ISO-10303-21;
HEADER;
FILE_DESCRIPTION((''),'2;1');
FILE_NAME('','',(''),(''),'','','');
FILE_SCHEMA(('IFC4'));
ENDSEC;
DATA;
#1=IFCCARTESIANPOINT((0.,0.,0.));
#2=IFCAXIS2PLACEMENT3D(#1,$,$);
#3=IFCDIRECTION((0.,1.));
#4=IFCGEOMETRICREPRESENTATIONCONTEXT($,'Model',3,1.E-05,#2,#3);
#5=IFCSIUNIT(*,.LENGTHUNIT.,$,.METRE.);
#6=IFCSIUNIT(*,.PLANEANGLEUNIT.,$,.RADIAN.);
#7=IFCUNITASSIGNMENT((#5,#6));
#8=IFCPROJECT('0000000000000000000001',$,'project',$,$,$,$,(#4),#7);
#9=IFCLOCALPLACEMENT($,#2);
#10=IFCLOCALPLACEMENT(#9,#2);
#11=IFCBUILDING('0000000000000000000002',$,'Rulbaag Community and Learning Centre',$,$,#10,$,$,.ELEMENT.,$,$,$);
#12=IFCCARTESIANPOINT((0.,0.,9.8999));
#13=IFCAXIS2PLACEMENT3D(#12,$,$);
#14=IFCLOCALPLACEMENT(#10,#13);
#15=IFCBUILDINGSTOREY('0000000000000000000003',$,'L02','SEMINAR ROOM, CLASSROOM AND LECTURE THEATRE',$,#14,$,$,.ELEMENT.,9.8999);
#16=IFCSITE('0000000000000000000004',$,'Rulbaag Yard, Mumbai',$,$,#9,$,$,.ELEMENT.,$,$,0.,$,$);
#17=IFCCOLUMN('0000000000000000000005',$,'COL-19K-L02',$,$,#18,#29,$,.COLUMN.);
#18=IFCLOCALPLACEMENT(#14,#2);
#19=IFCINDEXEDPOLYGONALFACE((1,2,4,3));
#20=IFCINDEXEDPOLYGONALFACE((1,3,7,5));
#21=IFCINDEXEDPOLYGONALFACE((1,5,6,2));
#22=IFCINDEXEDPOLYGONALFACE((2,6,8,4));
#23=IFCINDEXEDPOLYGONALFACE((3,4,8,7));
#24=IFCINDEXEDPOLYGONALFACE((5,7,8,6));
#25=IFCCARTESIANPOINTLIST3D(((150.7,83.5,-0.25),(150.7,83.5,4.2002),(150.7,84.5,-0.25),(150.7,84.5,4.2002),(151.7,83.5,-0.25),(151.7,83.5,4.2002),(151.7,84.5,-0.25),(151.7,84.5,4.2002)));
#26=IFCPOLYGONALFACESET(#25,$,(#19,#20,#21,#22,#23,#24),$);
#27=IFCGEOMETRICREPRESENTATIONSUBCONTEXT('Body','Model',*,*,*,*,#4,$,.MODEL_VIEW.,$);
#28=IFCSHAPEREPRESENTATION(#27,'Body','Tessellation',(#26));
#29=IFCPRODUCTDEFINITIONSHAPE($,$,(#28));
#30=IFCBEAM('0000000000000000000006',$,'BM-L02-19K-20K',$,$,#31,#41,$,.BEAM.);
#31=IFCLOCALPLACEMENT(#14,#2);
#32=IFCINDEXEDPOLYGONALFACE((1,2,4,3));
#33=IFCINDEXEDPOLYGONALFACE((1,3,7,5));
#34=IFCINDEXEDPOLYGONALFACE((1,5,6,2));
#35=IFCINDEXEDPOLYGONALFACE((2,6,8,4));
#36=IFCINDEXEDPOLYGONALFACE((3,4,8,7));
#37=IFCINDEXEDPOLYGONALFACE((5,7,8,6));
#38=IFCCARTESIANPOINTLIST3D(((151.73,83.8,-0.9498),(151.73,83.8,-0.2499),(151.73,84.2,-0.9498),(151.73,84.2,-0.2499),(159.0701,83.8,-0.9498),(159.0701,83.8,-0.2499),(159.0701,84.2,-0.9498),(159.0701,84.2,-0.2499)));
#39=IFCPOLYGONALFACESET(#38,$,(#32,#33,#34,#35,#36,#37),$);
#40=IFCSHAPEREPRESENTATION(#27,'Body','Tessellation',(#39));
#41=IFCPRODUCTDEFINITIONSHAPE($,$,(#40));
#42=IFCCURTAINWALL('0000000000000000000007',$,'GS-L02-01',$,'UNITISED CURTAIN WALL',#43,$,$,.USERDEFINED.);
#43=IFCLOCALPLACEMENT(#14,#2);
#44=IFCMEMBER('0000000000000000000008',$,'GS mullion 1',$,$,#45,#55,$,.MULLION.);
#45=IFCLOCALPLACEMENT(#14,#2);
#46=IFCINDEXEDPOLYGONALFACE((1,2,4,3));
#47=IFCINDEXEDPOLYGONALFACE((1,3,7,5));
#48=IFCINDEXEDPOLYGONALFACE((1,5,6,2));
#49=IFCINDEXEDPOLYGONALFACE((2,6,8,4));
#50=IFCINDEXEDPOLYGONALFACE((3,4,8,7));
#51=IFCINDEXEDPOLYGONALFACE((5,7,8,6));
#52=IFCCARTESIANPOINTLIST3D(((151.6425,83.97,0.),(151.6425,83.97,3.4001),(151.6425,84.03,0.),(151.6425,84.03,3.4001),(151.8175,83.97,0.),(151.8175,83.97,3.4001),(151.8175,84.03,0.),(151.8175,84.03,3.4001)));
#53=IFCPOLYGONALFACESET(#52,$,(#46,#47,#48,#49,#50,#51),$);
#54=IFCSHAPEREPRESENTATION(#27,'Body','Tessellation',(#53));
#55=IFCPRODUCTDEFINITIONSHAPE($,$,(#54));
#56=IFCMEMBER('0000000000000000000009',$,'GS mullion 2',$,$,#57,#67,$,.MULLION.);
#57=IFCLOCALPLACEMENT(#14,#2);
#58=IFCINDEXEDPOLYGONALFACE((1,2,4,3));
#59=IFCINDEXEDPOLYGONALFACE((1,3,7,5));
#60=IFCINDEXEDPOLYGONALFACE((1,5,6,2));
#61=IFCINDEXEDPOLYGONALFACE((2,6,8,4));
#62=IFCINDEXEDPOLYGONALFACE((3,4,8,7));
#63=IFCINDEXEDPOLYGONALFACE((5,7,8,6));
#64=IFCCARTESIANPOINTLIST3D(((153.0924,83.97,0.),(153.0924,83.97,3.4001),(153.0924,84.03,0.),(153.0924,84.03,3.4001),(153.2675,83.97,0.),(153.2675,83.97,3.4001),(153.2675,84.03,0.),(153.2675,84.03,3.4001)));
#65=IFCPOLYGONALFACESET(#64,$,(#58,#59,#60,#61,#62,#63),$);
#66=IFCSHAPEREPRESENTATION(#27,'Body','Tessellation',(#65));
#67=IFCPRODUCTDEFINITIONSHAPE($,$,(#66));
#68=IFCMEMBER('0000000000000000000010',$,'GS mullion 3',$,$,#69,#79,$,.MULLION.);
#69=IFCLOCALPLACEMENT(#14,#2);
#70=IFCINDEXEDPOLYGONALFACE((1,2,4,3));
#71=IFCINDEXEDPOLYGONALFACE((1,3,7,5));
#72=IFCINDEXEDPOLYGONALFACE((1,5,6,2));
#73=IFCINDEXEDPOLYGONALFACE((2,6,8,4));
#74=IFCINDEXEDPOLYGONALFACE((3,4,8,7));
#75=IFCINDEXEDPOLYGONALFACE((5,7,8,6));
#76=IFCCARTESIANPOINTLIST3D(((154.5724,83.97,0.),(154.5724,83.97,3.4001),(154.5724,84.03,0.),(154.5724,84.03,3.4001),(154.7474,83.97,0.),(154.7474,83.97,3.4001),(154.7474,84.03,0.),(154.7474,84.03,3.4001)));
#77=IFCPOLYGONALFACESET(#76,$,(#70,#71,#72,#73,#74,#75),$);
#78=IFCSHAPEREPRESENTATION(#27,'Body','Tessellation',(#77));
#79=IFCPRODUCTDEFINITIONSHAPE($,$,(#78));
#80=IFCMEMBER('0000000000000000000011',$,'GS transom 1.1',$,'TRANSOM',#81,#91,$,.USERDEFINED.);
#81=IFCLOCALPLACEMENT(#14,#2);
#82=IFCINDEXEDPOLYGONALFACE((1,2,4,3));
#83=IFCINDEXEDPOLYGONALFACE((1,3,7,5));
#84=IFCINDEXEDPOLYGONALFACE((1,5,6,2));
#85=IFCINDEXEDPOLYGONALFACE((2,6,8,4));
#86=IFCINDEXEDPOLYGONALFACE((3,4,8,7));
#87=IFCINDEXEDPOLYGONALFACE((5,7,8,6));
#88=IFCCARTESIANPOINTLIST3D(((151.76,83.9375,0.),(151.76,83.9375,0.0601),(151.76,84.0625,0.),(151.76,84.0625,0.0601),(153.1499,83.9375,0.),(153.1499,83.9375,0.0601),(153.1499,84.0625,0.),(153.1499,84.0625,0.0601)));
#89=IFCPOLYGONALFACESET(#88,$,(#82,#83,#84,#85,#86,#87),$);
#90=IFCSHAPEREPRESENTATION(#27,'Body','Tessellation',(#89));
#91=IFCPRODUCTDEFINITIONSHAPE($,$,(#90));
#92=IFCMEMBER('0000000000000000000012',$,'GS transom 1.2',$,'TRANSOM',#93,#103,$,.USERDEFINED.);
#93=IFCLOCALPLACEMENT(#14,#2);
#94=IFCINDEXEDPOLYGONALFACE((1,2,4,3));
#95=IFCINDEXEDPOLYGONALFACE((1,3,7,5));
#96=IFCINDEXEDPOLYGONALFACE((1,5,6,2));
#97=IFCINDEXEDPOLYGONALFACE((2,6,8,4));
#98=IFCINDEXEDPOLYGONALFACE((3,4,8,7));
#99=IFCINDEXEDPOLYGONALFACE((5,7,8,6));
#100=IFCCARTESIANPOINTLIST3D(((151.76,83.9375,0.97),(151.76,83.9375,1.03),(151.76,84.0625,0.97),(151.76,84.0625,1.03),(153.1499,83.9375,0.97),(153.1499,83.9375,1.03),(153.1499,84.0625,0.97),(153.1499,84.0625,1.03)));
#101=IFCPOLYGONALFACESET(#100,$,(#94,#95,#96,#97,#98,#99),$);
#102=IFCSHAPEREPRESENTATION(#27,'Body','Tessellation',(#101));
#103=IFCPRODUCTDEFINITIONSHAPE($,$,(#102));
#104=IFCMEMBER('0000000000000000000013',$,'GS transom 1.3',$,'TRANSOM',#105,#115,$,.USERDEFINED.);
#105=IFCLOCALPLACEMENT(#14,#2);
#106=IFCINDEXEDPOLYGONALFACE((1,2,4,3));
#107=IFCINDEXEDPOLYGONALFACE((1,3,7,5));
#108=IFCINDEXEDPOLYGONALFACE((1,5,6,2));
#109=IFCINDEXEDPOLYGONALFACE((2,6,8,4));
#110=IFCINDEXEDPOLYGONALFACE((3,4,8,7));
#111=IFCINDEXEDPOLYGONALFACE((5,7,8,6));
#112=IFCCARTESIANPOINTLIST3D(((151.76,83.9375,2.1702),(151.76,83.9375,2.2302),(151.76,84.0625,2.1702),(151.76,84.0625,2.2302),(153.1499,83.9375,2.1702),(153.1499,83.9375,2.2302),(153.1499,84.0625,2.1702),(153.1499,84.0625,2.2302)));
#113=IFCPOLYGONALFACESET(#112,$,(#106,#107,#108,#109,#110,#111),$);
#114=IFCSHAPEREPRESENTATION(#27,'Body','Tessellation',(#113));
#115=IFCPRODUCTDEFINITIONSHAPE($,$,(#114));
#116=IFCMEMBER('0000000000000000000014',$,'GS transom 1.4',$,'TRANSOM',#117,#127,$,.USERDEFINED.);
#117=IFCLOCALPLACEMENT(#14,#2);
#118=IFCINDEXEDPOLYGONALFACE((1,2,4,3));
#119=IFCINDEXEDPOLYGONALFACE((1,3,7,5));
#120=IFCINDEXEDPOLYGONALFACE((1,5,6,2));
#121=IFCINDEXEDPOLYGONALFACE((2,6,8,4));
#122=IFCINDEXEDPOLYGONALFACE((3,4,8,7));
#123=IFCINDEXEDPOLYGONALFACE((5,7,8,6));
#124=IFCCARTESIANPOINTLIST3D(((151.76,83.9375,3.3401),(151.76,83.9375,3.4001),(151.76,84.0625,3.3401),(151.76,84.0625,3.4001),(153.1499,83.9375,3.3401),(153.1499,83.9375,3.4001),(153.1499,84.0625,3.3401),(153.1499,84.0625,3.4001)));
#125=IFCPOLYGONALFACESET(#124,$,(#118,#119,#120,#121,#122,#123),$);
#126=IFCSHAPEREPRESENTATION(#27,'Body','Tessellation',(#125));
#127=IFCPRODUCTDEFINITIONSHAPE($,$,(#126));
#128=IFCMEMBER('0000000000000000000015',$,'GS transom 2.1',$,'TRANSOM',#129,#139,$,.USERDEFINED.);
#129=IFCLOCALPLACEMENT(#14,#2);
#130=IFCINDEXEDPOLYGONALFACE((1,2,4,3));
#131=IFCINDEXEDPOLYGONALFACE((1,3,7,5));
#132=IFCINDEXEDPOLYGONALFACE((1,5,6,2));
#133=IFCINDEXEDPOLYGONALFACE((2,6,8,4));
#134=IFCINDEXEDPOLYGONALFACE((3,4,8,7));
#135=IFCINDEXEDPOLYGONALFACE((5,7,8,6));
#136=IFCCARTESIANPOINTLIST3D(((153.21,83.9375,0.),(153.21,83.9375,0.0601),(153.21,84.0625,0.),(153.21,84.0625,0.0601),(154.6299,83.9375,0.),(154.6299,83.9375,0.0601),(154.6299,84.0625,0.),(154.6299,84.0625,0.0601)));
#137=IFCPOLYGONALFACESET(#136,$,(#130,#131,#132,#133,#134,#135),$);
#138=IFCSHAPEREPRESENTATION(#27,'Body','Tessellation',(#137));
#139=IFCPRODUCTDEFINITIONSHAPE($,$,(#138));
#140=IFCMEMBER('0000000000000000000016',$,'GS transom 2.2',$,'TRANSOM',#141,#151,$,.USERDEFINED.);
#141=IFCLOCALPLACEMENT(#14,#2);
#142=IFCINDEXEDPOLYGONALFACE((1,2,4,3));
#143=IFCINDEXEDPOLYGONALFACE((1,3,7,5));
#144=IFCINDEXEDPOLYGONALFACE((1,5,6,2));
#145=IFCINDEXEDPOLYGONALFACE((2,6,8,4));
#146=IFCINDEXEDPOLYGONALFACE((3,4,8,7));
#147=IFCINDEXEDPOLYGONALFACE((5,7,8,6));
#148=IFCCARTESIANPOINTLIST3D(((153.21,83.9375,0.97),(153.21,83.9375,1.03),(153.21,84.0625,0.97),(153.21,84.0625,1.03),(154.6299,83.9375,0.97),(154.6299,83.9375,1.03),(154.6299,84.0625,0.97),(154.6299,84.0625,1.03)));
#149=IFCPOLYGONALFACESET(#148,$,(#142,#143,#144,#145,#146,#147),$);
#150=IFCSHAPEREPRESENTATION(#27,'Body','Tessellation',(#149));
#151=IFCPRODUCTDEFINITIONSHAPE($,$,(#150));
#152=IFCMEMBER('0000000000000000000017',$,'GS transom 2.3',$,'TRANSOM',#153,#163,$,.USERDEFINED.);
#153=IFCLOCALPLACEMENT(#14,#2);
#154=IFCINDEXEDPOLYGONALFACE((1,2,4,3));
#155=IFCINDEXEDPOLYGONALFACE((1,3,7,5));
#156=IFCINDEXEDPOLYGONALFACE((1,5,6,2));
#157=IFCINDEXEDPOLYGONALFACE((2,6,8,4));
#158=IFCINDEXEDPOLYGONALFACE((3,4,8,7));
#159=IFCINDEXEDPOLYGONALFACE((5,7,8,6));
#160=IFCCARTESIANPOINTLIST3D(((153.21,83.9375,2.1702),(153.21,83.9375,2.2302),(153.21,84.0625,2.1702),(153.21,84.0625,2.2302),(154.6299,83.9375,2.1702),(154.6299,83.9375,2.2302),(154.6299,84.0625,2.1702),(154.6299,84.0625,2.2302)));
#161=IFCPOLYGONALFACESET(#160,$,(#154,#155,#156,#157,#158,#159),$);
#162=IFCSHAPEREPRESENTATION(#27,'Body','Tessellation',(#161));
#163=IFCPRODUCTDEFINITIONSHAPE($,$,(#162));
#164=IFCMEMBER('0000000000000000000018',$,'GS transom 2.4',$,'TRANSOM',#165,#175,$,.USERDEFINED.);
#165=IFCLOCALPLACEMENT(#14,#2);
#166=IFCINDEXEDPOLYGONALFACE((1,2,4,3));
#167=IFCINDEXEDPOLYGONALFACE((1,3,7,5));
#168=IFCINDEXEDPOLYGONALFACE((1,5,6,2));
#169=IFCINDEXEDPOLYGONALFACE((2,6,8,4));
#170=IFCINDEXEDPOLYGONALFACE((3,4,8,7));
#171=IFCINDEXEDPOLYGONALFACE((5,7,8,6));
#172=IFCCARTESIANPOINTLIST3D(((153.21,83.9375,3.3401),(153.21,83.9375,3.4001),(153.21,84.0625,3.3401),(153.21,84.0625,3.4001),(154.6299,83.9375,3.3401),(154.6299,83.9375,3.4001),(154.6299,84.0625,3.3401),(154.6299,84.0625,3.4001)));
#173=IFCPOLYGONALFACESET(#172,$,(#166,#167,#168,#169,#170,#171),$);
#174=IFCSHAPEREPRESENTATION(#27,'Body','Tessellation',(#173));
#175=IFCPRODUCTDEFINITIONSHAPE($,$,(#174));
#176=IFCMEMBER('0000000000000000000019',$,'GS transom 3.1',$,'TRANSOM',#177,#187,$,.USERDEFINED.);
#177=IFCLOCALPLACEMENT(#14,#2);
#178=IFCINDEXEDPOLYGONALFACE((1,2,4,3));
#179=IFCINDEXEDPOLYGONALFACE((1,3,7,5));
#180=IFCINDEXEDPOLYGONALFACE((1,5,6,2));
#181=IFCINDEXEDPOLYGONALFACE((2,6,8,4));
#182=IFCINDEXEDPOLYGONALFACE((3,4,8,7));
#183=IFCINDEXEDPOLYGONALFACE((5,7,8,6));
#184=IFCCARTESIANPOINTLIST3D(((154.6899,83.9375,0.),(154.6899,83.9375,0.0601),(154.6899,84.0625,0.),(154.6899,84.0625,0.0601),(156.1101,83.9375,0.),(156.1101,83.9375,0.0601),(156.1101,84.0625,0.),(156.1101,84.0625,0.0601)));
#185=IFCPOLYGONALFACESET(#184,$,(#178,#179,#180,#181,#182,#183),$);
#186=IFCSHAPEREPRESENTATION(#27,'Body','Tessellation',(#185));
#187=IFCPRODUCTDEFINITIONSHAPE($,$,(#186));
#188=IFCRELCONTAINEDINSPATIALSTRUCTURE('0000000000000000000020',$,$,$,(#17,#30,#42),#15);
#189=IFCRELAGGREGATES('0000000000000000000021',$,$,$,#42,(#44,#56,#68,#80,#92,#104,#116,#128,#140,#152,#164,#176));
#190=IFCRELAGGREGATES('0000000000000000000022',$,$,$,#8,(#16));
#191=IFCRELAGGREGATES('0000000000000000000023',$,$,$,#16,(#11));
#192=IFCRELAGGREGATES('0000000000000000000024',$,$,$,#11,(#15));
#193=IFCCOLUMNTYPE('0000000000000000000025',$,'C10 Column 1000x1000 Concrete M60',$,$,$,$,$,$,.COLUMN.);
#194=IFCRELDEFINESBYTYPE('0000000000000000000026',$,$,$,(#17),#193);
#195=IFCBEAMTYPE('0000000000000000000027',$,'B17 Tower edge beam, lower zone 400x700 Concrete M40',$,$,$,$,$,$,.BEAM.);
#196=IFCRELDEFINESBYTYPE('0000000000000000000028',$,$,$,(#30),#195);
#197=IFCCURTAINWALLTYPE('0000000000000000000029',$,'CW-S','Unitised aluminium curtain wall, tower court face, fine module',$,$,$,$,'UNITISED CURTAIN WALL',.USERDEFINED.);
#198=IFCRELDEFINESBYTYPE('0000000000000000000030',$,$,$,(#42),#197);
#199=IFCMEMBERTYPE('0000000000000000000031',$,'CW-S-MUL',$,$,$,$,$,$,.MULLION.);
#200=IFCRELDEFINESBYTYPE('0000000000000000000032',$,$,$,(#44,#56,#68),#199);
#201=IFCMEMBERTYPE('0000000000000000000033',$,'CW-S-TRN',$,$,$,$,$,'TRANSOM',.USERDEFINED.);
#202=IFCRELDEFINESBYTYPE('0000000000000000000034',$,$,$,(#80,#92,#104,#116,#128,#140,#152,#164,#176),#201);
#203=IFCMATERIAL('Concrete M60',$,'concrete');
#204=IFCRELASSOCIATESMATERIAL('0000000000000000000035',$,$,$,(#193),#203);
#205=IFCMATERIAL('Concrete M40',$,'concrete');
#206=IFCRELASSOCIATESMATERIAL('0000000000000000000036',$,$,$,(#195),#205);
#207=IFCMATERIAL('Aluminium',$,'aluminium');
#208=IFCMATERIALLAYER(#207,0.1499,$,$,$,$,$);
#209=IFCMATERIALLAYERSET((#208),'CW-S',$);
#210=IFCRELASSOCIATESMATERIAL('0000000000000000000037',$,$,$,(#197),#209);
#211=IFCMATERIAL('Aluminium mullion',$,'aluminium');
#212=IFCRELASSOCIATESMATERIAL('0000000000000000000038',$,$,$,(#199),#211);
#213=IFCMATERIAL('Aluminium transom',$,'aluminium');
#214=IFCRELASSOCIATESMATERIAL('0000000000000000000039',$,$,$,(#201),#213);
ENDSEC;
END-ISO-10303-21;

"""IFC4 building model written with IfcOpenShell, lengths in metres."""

from ifc_helpers import new_model, si_unit, direction, frame, origin, origin_2d, place, context, subcontext, project, spatial, rectangle, extrude, material, layer, layer_set, material_profile, profile_set, type_object, element, aggregate, save


model = new_model("IFC4")

# Units and contexts
model_context = context("Model", 3, precision=1e-05, world=origin(), true_north=direction((0.0, 1.0)))
body_context = subcontext(model_context, "Body", "Model", "MODEL_VIEW")
ifc_project = project(units=[si_unit("LENGTHUNIT", "METRE"), si_unit("PLANEANGLEUNIT", "RADIAN")], contexts=[model_context])

# Site, building, storey
site_placement = place(None, origin())
site = spatial("IfcSite", under=ifc_project, at=site_placement, Name="Rulbaag Yard, Mumbai", CompositionType="ELEMENT", RefElevation=0.0)
building_placement = place(site_placement, origin())
building = spatial("IfcBuilding", under=site, at=building_placement, Name="Rulbaag Community and Learning Centre", CompositionType="ELEMENT")
storey_placement = place(building_placement, frame((0.0, 0.0, 9.8999)))
storey = spatial("IfcBuildingStorey", under=building, at=storey_placement, Name="L02", Description="SEMINAR ROOM, CLASSROOM AND LECTURE THEATRE", CompositionType="ELEMENT", Elevation=9.8999)

# Column
ifc_material_1 = material(Name="Concrete M60", Category="concrete")
ifc_material_profile_1 = material_profile(ifc_material_1, rectangle(XDim=1.0, YDim=1.0, at=origin_2d()), Name="RC1000x1000")
ifc_profile_set_1 = profile_set([ifc_material_profile_1], Name="Concrete M60")
column_type = type_object("IfcColumnType", Name="C10 Column 1000x1000 Concrete M60", PredefinedType="COLUMN", material=ifc_profile_set_1)
column_placement = place(storey_placement, frame((151.2, 84.0, -0.25), z_axis=(0.0, 0.0, 1.0), x_axis=(1.0, 0.0, 0.0)))
element("IfcColumn", 1, at=column_placement, inside=storey, type_object=column_type, Name="COL-19K-L02", PredefinedType="COLUMN", context=body_context, shape_type="SweptSolid", body=[
    extrude(rectangle(XDim=1.0, YDim=1.0, at=origin_2d()), origin(), (0.0, 0.0, 1.0), 4.4502),
])

# Beam
ifc_material_2 = material(Name="Concrete M40", Category="concrete")
ifc_material_profile_2 = material_profile(ifc_material_2, rectangle(XDim=0.3999, YDim=0.7, at=origin_2d()), Name="RB400x700")
ifc_profile_set_2 = profile_set([ifc_material_profile_2], Name="Concrete M40")
beam_type = type_object("IfcBeamType", Name="B17 Tower edge beam, lower zone 400x700 Concrete M40", PredefinedType="BEAM", material=ifc_profile_set_2)
beam_placement = place(storey_placement, frame((151.73, 84.0, -0.5999), z_axis=(1.0, 0.0, 0.0), x_axis=(0.0, 1.0, 0.0)))
element("IfcBeam", 2, at=beam_placement, inside=storey, type_object=beam_type, Name="BM-L02-19K-20K", PredefinedType="BEAM", context=body_context, shape_type="SweptSolid", body=[
    extrude(rectangle(XDim=0.3999, YDim=0.7, at=origin_2d()), origin(), (0.0, 0.0, 1.0), 7.3401),
])

# Curtain wall, members
ifc_material_3 = material(Name="Aluminium", Category="aluminium")
ifc_layer_1 = layer(ifc_material_3, 0.1499)
ifc_layer_set_1 = layer_set([ifc_layer_1], Name="CW-S")
curtain_wall_type = type_object("IfcCurtainWallType", Name="CW-S", Description="Unitised aluminium curtain wall, tower court face, fine module", ElementType="UNITISED CURTAIN WALL", PredefinedType="USERDEFINED", material=ifc_layer_set_1)
curtain_wall_placement = place(storey_placement, origin())
curtain_wall = element("IfcCurtainWall", 3, at=curtain_wall_placement, inside=storey, type_object=curtain_wall_type, Name="GS-L02-01", ObjectType="UNITISED CURTAIN WALL", PredefinedType="USERDEFINED")
ifc_material_4 = material(Name="Aluminium mullion", Category="aluminium")
ifc_material_profile_3 = material_profile(ifc_material_4, rectangle(XDim=0.0601, YDim=0.175, at=origin_2d()), Name="AL 60x175")
ifc_profile_set_3 = profile_set([ifc_material_profile_3], Name="Aluminium mullion")
member_type_1 = type_object("IfcMemberType", Name="CW-S-MUL", PredefinedType="MULLION", material=ifc_profile_set_3)
member_1_placement = place(storey_placement, frame((151.73, 84.0, 0.0), z_axis=(0.0, 0.0, 1.0), x_axis=(0.0, 1.0, 0.0)))
member_1 = element("IfcMember", 4, at=member_1_placement, type_object=member_type_1, Name="GS mullion 1", PredefinedType="MULLION", context=body_context, shape_type="SweptSolid", body=[
    extrude(rectangle(XDim=0.0601, YDim=0.175, at=origin_2d()), origin(), (0.0, 0.0, 1.0), 3.4001),
])
member_2_placement = place(storey_placement, frame((153.1799, 84.0, 0.0), z_axis=(0.0, 0.0, 1.0), x_axis=(0.0, 1.0, 0.0)))
member_2 = element("IfcMember", 5, at=member_2_placement, type_object=member_type_1, Name="GS mullion 2", PredefinedType="MULLION", context=body_context, shape_type="SweptSolid", body=[
    extrude(rectangle(XDim=0.0601, YDim=0.175, at=origin_2d()), origin(), (0.0, 0.0, 1.0), 3.4001),
])
member_3_placement = place(storey_placement, frame((154.6599, 84.0, 0.0), z_axis=(0.0, 0.0, 1.0), x_axis=(0.0, 1.0, 0.0)))
member_3 = element("IfcMember", 6, at=member_3_placement, type_object=member_type_1, Name="GS mullion 3", PredefinedType="MULLION", context=body_context, shape_type="SweptSolid", body=[
    extrude(rectangle(XDim=0.0601, YDim=0.175, at=origin_2d()), origin(), (0.0, 0.0, 1.0), 3.4001),
])
ifc_material_5 = material(Name="Aluminium transom", Category="aluminium")
ifc_material_profile_4 = material_profile(ifc_material_5, rectangle(XDim=0.125, YDim=0.0601, at=origin_2d()), Name="AL 60x125 T")
ifc_profile_set_4 = profile_set([ifc_material_profile_4], Name="Aluminium transom")
member_type_2 = type_object("IfcMemberType", Name="CW-S-TRN", ElementType="TRANSOM", PredefinedType="USERDEFINED", material=ifc_profile_set_4)
member_4_placement = place(storey_placement, frame((151.76, 84.0, 0.03), z_axis=(1.0, 0.0, 0.0), x_axis=(0.0, 1.0, 0.0)))
member_4 = element("IfcMember", 7, at=member_4_placement, type_object=member_type_2, Name="GS transom 1.1", ObjectType="TRANSOM", PredefinedType="USERDEFINED", context=body_context, shape_type="SweptSolid", body=[
    extrude(rectangle(XDim=0.125, YDim=0.0601, at=origin_2d()), origin(), (0.0, 0.0, 1.0), 1.3899),
])
member_5_placement = place(storey_placement, frame((151.76, 84.0, 1.0), z_axis=(1.0, 0.0, 0.0), x_axis=(0.0, 1.0, 0.0)))
member_5 = element("IfcMember", 8, at=member_5_placement, type_object=member_type_2, Name="GS transom 1.2", ObjectType="TRANSOM", PredefinedType="USERDEFINED", context=body_context, shape_type="SweptSolid", body=[
    extrude(rectangle(XDim=0.125, YDim=0.0601, at=origin_2d()), origin(), (0.0, 0.0, 1.0), 1.3899),
])
member_6_placement = place(storey_placement, frame((151.76, 84.0, 2.2002), z_axis=(1.0, 0.0, 0.0), x_axis=(0.0, 1.0, 0.0)))
member_6 = element("IfcMember", 9, at=member_6_placement, type_object=member_type_2, Name="GS transom 1.3", ObjectType="TRANSOM", PredefinedType="USERDEFINED", context=body_context, shape_type="SweptSolid", body=[
    extrude(rectangle(XDim=0.125, YDim=0.0601, at=origin_2d()), origin(), (0.0, 0.0, 1.0), 1.3899),
])
member_7_placement = place(storey_placement, frame((151.76, 84.0, 3.3701), z_axis=(1.0, 0.0, 0.0), x_axis=(0.0, 1.0, 0.0)))
member_7 = element("IfcMember", 10, at=member_7_placement, type_object=member_type_2, Name="GS transom 1.4", ObjectType="TRANSOM", PredefinedType="USERDEFINED", context=body_context, shape_type="SweptSolid", body=[
    extrude(rectangle(XDim=0.125, YDim=0.0601, at=origin_2d()), origin(), (0.0, 0.0, 1.0), 1.3899),
])
member_8_placement = place(storey_placement, frame((153.21, 84.0, 0.03), z_axis=(1.0, 0.0, 0.0), x_axis=(0.0, 1.0, 0.0)))
member_8 = element("IfcMember", 11, at=member_8_placement, type_object=member_type_2, Name="GS transom 2.1", ObjectType="TRANSOM", PredefinedType="USERDEFINED", context=body_context, shape_type="SweptSolid", body=[
    extrude(rectangle(XDim=0.125, YDim=0.0601, at=origin_2d()), origin(), (0.0, 0.0, 1.0), 1.4199),
])
member_9_placement = place(storey_placement, frame((153.21, 84.0, 1.0), z_axis=(1.0, 0.0, 0.0), x_axis=(0.0, 1.0, 0.0)))
member_9 = element("IfcMember", 12, at=member_9_placement, type_object=member_type_2, Name="GS transom 2.2", ObjectType="TRANSOM", PredefinedType="USERDEFINED", context=body_context, shape_type="SweptSolid", body=[
    extrude(rectangle(XDim=0.125, YDim=0.0601, at=origin_2d()), origin(), (0.0, 0.0, 1.0), 1.4199),
])
member_10_placement = place(storey_placement, frame((153.21, 84.0, 2.2002), z_axis=(1.0, 0.0, 0.0), x_axis=(0.0, 1.0, 0.0)))
member_10 = element("IfcMember", 13, at=member_10_placement, type_object=member_type_2, Name="GS transom 2.3", ObjectType="TRANSOM", PredefinedType="USERDEFINED", context=body_context, shape_type="SweptSolid", body=[
    extrude(rectangle(XDim=0.125, YDim=0.0601, at=origin_2d()), origin(), (0.0, 0.0, 1.0), 1.4199),
])
member_11_placement = place(storey_placement, frame((153.21, 84.0, 3.3701), z_axis=(1.0, 0.0, 0.0), x_axis=(0.0, 1.0, 0.0)))
member_11 = element("IfcMember", 14, at=member_11_placement, type_object=member_type_2, Name="GS transom 2.4", ObjectType="TRANSOM", PredefinedType="USERDEFINED", context=body_context, shape_type="SweptSolid", body=[
    extrude(rectangle(XDim=0.125, YDim=0.0601, at=origin_2d()), origin(), (0.0, 0.0, 1.0), 1.4199),
])
member_12_placement = place(storey_placement, frame((154.6899, 84.0, 0.03), z_axis=(1.0, 0.0, 0.0), x_axis=(0.0, 1.0, 0.0)))
member_12 = element("IfcMember", 15, at=member_12_placement, type_object=member_type_2, Name="GS transom 3.1", ObjectType="TRANSOM", PredefinedType="USERDEFINED", context=body_context, shape_type="SweptSolid", body=[
    extrude(rectangle(XDim=0.125, YDim=0.0601, at=origin_2d()), origin(), (0.0, 0.0, 1.0), 1.4202),
])
aggregate(curtain_wall, [member_1, member_2, member_3, member_4, member_5, member_6, member_7, member_8, member_9, member_10, member_11, member_12])

save(model, "model.ifc")
